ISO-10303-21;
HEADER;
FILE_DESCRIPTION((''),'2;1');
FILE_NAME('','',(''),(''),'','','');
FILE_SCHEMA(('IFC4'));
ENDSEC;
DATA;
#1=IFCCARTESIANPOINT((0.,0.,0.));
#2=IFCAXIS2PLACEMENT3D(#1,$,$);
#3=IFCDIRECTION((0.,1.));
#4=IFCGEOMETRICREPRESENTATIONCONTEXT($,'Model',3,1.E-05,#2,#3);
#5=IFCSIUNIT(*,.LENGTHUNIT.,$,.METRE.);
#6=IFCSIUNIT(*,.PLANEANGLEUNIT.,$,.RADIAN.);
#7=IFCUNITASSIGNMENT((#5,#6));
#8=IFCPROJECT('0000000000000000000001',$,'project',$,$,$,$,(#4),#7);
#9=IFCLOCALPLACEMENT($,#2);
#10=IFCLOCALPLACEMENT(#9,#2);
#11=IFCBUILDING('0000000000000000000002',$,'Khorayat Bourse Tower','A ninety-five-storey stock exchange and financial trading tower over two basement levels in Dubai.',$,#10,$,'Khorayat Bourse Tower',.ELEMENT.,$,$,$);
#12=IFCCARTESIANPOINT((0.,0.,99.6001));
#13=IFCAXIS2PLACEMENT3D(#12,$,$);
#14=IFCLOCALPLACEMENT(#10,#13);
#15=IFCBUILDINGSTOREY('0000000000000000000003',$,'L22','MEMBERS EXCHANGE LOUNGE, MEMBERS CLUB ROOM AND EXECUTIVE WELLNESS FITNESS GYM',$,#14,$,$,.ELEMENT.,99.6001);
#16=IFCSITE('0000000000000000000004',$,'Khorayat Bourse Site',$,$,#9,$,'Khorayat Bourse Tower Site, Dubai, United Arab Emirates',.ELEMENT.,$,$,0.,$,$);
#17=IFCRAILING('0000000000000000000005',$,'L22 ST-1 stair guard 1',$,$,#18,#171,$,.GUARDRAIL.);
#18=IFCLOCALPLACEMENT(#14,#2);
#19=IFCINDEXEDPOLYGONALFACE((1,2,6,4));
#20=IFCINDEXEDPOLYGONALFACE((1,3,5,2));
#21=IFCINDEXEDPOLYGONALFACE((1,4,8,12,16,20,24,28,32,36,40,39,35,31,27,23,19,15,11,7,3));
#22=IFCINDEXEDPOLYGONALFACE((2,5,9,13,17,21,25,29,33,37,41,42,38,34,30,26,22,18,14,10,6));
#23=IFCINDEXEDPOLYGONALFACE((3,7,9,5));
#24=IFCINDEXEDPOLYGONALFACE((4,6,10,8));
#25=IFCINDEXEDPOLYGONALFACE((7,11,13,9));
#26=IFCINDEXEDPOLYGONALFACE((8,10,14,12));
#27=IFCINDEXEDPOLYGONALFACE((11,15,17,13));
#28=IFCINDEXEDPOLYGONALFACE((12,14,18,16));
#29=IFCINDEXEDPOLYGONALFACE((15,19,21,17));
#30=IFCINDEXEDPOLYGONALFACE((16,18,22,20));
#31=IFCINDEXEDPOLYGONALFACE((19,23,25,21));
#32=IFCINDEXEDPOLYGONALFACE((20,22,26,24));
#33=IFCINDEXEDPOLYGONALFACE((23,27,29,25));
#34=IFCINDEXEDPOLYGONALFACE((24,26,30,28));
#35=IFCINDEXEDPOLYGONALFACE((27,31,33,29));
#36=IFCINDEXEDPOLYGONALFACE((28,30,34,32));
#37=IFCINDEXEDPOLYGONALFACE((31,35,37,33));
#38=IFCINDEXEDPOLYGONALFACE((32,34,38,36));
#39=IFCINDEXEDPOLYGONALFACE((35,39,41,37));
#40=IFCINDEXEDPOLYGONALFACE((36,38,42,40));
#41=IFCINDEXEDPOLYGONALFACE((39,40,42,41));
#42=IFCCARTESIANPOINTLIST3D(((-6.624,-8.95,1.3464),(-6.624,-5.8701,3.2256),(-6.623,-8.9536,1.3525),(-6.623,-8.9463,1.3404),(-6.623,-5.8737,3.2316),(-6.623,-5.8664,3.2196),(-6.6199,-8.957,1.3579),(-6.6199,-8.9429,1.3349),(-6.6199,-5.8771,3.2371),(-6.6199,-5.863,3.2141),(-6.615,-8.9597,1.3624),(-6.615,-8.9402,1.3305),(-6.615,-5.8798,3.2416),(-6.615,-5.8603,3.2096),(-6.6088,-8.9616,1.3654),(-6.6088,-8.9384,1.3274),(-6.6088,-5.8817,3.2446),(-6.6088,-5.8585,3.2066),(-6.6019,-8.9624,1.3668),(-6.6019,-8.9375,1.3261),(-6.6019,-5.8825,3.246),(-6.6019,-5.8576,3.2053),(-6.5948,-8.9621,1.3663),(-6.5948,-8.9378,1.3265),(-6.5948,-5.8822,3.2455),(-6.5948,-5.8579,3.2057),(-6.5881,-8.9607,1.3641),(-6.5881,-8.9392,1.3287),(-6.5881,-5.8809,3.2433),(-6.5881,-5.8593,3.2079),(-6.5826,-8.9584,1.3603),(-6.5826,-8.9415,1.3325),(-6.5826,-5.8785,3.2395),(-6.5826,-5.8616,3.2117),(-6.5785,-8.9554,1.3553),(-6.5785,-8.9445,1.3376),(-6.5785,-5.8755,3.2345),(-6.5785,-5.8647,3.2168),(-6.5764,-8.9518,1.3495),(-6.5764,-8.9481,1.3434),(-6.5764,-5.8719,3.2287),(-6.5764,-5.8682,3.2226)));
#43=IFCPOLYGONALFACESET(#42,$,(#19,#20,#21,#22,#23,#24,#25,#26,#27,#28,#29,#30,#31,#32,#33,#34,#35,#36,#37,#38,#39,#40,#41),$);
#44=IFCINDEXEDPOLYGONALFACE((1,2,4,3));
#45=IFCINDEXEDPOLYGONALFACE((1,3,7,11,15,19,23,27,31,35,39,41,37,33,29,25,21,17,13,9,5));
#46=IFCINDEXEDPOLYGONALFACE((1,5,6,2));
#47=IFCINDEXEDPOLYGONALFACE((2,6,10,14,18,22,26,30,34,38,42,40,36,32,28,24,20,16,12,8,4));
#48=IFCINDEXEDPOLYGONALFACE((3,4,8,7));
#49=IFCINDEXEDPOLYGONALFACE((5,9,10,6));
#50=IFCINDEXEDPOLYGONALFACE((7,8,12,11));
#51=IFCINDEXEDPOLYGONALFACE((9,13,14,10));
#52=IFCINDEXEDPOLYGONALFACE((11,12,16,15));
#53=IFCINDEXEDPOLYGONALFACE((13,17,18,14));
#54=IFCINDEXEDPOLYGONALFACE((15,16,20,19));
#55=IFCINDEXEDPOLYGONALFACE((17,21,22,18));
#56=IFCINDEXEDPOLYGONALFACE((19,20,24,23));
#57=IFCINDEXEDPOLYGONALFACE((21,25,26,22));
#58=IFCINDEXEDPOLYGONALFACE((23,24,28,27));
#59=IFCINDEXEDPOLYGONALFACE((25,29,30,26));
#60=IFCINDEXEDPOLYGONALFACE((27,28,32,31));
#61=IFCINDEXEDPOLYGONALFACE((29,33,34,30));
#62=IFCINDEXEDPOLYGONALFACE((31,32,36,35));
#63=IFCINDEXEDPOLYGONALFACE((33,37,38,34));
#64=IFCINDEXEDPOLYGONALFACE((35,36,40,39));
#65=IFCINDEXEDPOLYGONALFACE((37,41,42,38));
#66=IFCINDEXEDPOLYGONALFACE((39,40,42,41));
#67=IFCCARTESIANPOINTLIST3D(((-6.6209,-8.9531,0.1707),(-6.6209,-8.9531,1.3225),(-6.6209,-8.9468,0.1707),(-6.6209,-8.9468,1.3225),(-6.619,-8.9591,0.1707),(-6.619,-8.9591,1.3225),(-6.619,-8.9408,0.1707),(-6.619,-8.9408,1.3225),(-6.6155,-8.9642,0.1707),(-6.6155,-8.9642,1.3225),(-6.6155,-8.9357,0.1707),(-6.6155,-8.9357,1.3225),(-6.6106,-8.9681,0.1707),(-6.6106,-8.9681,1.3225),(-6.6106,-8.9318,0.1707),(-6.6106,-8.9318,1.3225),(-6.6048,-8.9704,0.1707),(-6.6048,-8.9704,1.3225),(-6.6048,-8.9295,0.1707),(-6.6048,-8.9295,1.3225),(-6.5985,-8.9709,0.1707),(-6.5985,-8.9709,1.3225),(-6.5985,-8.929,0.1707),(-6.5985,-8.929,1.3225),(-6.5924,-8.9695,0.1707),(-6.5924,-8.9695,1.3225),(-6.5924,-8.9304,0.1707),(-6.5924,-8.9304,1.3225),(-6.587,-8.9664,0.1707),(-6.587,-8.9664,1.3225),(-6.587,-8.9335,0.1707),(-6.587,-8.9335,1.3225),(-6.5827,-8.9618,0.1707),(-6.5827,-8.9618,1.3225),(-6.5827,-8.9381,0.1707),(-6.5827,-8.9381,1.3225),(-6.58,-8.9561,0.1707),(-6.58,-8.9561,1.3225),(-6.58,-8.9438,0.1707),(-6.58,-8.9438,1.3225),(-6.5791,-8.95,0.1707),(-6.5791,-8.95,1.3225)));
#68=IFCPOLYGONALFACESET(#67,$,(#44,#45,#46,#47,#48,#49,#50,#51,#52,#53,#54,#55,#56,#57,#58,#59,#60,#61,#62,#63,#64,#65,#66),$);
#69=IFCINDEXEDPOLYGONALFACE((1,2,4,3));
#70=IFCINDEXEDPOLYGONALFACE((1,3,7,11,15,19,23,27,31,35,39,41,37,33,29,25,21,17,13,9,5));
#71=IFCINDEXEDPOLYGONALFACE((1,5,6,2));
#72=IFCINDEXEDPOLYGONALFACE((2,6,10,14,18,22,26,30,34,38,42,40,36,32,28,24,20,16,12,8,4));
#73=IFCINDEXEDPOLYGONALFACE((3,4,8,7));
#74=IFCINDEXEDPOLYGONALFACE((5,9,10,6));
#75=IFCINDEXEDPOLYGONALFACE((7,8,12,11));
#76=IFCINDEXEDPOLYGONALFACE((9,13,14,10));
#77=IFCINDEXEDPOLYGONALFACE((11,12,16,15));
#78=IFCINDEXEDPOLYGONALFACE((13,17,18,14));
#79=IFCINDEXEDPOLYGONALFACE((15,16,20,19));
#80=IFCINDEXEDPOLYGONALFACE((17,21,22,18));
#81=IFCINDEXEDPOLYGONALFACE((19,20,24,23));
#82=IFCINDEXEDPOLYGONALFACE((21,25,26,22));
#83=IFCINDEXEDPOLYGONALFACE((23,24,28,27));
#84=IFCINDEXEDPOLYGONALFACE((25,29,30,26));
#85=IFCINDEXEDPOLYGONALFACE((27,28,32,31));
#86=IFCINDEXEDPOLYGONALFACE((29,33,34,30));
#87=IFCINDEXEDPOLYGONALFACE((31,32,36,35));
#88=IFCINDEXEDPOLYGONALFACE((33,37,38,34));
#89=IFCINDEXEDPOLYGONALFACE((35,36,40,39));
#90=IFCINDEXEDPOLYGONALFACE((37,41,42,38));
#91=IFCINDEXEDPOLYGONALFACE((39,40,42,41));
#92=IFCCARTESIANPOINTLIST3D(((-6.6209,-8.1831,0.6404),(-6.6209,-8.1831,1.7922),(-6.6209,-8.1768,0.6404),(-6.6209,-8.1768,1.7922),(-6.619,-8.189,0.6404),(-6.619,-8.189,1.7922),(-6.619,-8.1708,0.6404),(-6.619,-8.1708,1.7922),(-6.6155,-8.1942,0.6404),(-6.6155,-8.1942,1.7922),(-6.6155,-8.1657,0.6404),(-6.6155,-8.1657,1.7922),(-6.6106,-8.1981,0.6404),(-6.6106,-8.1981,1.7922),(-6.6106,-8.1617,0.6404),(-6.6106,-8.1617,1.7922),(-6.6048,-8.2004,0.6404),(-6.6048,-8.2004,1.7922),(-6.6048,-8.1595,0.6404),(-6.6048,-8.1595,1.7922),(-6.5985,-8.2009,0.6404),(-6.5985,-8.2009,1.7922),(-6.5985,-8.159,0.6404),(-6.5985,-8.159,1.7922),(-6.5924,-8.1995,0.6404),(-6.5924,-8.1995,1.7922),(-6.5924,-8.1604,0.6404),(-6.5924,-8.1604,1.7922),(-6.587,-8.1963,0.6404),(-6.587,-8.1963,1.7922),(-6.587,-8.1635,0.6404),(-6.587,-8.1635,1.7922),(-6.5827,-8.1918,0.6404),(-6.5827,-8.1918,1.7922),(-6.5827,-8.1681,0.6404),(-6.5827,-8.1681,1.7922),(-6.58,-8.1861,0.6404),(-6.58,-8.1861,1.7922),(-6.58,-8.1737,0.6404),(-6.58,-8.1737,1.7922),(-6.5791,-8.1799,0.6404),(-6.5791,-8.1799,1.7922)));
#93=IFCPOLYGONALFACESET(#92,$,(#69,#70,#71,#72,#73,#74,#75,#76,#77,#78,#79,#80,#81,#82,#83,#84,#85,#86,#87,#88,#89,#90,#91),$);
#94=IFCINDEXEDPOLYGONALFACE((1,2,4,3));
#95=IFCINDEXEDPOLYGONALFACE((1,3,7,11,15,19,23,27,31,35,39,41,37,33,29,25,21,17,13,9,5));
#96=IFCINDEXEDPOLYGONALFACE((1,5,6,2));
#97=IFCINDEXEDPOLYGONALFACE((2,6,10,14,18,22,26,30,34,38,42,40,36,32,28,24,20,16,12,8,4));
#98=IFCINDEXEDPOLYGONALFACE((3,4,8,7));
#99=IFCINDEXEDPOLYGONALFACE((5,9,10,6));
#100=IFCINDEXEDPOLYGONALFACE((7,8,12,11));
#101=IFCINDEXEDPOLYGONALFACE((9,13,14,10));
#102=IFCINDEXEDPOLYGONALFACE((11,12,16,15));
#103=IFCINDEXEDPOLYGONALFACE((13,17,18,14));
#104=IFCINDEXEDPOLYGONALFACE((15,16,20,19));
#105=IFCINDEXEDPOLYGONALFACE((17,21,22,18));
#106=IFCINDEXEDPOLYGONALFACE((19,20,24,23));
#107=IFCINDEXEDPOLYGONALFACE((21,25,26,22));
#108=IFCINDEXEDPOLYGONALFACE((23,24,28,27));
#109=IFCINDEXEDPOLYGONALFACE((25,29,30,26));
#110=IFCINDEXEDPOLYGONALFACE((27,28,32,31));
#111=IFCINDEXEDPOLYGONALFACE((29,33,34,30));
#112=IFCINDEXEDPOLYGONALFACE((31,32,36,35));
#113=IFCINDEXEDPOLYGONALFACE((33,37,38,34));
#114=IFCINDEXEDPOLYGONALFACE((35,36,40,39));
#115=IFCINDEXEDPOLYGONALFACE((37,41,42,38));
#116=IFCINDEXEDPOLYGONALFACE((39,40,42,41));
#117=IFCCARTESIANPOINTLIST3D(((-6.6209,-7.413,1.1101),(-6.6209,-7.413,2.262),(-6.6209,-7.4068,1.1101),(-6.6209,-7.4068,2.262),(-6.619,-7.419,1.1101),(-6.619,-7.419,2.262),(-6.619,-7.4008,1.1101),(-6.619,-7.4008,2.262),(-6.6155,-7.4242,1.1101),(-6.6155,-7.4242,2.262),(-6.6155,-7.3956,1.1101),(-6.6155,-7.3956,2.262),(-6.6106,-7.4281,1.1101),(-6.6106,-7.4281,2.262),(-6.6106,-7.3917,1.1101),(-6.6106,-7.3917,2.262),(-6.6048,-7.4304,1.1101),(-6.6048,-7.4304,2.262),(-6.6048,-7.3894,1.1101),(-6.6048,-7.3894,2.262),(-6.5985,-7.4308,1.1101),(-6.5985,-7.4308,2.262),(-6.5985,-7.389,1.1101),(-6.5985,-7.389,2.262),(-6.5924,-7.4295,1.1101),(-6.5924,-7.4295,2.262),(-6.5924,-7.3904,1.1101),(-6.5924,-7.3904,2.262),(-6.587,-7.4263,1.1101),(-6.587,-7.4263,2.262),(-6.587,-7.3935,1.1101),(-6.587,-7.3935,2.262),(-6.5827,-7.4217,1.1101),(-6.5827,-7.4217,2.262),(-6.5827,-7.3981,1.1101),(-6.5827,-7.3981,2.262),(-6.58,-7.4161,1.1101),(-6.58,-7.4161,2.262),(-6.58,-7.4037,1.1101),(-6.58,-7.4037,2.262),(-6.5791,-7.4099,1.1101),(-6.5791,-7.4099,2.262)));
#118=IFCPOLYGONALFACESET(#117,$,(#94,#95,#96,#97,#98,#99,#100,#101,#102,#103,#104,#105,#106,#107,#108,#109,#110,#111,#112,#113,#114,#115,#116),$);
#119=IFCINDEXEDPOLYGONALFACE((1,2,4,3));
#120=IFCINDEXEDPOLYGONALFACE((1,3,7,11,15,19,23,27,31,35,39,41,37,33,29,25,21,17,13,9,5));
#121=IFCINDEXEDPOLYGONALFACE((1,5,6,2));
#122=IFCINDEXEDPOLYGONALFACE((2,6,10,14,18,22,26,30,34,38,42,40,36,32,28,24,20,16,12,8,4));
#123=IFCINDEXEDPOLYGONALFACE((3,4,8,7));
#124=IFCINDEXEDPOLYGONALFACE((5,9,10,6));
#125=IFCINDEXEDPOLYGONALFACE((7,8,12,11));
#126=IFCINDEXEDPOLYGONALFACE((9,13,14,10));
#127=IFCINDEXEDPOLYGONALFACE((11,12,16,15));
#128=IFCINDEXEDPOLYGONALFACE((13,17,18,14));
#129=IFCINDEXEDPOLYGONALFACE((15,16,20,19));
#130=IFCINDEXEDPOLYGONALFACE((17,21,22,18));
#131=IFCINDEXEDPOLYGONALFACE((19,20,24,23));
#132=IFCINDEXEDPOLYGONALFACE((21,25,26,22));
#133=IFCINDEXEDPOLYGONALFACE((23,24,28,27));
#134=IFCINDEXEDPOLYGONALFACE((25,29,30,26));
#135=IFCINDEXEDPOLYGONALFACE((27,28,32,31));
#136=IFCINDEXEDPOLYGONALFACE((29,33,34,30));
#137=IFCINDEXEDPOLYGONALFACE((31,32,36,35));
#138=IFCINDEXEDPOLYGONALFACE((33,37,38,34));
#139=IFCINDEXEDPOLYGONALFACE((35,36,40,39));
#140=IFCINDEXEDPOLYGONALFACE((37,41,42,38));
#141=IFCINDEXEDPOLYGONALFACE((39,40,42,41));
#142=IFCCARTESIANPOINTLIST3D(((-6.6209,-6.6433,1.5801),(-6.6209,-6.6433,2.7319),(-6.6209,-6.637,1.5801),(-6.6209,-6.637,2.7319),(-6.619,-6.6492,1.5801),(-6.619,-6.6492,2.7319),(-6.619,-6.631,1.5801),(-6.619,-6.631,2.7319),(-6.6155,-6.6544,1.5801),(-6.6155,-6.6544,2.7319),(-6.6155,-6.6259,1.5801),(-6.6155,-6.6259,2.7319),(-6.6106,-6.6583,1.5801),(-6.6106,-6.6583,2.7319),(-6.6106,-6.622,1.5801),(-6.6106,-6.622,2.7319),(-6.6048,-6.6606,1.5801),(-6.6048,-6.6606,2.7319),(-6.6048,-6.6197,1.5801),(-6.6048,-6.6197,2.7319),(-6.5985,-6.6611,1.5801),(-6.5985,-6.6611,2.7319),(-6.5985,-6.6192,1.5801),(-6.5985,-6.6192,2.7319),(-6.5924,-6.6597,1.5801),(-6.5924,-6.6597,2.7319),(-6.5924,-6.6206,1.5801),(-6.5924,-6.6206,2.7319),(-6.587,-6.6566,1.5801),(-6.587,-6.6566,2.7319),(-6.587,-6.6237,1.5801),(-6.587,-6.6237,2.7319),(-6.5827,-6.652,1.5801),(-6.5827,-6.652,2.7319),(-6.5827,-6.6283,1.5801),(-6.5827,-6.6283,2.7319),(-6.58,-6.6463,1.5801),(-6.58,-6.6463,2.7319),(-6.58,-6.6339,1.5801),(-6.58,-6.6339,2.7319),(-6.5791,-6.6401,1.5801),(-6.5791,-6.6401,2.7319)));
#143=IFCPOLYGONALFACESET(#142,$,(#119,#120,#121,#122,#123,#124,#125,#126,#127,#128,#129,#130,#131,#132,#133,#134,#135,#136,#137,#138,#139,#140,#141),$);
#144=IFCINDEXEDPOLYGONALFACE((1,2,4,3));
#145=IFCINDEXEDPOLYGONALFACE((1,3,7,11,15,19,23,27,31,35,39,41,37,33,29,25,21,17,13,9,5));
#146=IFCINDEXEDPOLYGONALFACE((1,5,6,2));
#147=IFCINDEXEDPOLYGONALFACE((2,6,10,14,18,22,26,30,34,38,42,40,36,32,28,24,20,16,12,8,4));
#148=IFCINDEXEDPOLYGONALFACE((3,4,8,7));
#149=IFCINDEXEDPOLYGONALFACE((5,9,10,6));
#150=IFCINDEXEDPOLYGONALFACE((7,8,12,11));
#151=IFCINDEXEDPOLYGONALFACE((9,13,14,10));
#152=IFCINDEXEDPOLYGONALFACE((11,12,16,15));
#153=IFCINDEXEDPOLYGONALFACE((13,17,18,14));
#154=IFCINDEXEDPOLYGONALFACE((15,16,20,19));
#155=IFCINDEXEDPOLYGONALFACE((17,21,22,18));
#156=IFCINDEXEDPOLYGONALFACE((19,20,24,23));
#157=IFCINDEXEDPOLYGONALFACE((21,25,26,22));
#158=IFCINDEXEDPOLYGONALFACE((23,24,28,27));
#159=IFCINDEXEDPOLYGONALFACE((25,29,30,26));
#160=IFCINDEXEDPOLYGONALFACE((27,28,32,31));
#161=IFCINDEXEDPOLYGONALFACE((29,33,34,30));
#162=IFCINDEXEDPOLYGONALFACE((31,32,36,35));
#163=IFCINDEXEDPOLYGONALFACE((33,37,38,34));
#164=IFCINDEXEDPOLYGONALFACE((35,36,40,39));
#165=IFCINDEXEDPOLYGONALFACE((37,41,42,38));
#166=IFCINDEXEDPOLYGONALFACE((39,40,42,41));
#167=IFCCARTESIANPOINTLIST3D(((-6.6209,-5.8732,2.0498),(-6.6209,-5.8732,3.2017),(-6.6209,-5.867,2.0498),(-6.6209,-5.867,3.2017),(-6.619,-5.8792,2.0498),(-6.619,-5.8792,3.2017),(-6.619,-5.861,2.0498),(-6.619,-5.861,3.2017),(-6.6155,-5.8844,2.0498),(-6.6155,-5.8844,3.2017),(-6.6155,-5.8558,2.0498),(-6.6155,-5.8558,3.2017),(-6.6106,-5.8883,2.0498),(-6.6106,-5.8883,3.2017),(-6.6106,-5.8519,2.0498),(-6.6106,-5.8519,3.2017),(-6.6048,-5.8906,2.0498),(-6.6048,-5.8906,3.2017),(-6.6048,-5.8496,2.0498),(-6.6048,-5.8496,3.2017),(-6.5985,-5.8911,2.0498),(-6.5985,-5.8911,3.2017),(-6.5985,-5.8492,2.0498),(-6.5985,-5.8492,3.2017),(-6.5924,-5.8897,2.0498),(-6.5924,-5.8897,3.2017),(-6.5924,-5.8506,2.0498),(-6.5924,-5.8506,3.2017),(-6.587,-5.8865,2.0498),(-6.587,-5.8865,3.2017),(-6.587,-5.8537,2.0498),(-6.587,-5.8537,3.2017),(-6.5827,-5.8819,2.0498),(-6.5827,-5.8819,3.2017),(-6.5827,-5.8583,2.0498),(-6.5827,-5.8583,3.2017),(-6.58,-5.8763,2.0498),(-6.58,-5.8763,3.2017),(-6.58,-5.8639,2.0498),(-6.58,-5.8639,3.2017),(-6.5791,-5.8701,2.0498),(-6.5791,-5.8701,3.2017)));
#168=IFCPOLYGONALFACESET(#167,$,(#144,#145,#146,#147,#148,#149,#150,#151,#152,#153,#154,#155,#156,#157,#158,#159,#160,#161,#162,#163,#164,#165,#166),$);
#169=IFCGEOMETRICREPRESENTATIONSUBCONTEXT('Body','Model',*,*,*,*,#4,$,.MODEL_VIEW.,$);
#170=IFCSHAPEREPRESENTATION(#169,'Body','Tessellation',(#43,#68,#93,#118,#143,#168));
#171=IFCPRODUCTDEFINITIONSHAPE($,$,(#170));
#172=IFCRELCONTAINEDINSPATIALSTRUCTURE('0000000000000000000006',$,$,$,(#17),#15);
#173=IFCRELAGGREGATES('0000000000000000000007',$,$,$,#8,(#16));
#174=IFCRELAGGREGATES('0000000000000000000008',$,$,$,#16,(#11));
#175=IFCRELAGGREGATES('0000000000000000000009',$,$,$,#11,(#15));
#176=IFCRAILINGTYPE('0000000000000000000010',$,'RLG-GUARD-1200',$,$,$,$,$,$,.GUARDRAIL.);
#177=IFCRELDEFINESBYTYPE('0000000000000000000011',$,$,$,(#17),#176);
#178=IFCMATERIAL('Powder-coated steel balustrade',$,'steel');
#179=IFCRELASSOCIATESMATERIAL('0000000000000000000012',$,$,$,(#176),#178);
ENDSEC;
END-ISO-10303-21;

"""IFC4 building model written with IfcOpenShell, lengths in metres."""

from ifc_helpers import new_model, si_unit, direction, frame, origin, origin_2d, place, context, subcontext, project, spatial, circle, extrude, source, transform, mapped, material, type_object, element, save


model = new_model("IFC4")

# Units and contexts
model_context = context("Model", 3, precision=1e-05, world=origin(), true_north=direction((0.0, 1.0)))
body_context = subcontext(model_context, "Body", "Model", "MODEL_VIEW")
ifc_project = project(units=[si_unit("LENGTHUNIT", "METRE"), si_unit("PLANEANGLEUNIT", "RADIAN")], contexts=[model_context])

# Site, building, storey
site_placement = place(None, origin())
site = spatial("IfcSite", under=ifc_project, at=site_placement, Name="Khorayat Bourse Site", LongName="Khorayat Bourse Tower Site, Dubai, United Arab Emirates", CompositionType="ELEMENT", RefElevation=0.0)
building_placement = place(site_placement, origin())
building = spatial("IfcBuilding", under=site, at=building_placement, Name="Khorayat Bourse Tower", Description="A ninety-five-storey stock exchange and financial trading tower over two basement levels in Dubai.", LongName="Khorayat Bourse Tower", CompositionType="ELEMENT")
storey_placement = place(building_placement, frame((0.0, 0.0, 99.6001)))
storey = spatial("IfcBuildingStorey", under=building, at=storey_placement, Name="L22", Description="MEMBERS EXCHANGE LOUNGE, MEMBERS CLUB ROOM AND EXECUTIVE WELLNESS FITNESS GYM", CompositionType="ELEMENT", Elevation=99.6001)

# Railing
ifc_material_1 = material(Name="Powder-coated steel balustrade", Category="steel")
railing_type_1 = type_object("IfcRailingType", Name="RLG-GUARD-1200", PredefinedType="GUARDRAIL", material=ifc_material_1)
shared_shape_1 = source(origin(), body_context, "Body", "SweptSolid", [
    extrude(circle(Radius=0.0239, at=origin_2d()), frame((0.0, 0.0, 1.1758), z_axis=(0.0, 0.853648, 0.52085), x_axis=(-1.0, 0.0, 0.0)), (0.0, 0.0, 1.0), 3.6079),
    extrude(circle(Radius=0.021, at=origin_2d()), origin(), (0.0, 0.0, 1.0), 1.1519),
    extrude(circle(Radius=0.021, at=origin_2d()), frame((0.0, 0.77, 0.4697)), (0.0, 0.0, 1.0), 1.1519),
    extrude(circle(Radius=0.021, at=origin_2d()), frame((0.0, 1.54, 0.9395)), (0.0, 0.0, 1.0), 1.1519),
    extrude(circle(Radius=0.021, at=origin_2d()), frame((0.0, 2.3098, 1.4094)), (0.0, 0.0, 1.0), 1.1519),
    extrude(circle(Radius=0.021, at=origin_2d()), frame((0.0, 3.0798, 1.8792)), (0.0, 0.0, 1.0), 1.1519),
])
railing_1_placement = place(storey_placement, frame((-6.6001, -8.95, 0.1707)))
element("IfcRailing", 1, at=railing_1_placement, inside=storey, type_object=railing_type_1, Name="L22 ST-1 stair guard 1", PredefinedType="GUARDRAIL", context=body_context, shape_type="MappedRepresentation", body=[
    mapped(shared_shape_1, transform((0.0, 0.0, 0.0), scale=1.0)),
])

save(model, "model.ifc")
